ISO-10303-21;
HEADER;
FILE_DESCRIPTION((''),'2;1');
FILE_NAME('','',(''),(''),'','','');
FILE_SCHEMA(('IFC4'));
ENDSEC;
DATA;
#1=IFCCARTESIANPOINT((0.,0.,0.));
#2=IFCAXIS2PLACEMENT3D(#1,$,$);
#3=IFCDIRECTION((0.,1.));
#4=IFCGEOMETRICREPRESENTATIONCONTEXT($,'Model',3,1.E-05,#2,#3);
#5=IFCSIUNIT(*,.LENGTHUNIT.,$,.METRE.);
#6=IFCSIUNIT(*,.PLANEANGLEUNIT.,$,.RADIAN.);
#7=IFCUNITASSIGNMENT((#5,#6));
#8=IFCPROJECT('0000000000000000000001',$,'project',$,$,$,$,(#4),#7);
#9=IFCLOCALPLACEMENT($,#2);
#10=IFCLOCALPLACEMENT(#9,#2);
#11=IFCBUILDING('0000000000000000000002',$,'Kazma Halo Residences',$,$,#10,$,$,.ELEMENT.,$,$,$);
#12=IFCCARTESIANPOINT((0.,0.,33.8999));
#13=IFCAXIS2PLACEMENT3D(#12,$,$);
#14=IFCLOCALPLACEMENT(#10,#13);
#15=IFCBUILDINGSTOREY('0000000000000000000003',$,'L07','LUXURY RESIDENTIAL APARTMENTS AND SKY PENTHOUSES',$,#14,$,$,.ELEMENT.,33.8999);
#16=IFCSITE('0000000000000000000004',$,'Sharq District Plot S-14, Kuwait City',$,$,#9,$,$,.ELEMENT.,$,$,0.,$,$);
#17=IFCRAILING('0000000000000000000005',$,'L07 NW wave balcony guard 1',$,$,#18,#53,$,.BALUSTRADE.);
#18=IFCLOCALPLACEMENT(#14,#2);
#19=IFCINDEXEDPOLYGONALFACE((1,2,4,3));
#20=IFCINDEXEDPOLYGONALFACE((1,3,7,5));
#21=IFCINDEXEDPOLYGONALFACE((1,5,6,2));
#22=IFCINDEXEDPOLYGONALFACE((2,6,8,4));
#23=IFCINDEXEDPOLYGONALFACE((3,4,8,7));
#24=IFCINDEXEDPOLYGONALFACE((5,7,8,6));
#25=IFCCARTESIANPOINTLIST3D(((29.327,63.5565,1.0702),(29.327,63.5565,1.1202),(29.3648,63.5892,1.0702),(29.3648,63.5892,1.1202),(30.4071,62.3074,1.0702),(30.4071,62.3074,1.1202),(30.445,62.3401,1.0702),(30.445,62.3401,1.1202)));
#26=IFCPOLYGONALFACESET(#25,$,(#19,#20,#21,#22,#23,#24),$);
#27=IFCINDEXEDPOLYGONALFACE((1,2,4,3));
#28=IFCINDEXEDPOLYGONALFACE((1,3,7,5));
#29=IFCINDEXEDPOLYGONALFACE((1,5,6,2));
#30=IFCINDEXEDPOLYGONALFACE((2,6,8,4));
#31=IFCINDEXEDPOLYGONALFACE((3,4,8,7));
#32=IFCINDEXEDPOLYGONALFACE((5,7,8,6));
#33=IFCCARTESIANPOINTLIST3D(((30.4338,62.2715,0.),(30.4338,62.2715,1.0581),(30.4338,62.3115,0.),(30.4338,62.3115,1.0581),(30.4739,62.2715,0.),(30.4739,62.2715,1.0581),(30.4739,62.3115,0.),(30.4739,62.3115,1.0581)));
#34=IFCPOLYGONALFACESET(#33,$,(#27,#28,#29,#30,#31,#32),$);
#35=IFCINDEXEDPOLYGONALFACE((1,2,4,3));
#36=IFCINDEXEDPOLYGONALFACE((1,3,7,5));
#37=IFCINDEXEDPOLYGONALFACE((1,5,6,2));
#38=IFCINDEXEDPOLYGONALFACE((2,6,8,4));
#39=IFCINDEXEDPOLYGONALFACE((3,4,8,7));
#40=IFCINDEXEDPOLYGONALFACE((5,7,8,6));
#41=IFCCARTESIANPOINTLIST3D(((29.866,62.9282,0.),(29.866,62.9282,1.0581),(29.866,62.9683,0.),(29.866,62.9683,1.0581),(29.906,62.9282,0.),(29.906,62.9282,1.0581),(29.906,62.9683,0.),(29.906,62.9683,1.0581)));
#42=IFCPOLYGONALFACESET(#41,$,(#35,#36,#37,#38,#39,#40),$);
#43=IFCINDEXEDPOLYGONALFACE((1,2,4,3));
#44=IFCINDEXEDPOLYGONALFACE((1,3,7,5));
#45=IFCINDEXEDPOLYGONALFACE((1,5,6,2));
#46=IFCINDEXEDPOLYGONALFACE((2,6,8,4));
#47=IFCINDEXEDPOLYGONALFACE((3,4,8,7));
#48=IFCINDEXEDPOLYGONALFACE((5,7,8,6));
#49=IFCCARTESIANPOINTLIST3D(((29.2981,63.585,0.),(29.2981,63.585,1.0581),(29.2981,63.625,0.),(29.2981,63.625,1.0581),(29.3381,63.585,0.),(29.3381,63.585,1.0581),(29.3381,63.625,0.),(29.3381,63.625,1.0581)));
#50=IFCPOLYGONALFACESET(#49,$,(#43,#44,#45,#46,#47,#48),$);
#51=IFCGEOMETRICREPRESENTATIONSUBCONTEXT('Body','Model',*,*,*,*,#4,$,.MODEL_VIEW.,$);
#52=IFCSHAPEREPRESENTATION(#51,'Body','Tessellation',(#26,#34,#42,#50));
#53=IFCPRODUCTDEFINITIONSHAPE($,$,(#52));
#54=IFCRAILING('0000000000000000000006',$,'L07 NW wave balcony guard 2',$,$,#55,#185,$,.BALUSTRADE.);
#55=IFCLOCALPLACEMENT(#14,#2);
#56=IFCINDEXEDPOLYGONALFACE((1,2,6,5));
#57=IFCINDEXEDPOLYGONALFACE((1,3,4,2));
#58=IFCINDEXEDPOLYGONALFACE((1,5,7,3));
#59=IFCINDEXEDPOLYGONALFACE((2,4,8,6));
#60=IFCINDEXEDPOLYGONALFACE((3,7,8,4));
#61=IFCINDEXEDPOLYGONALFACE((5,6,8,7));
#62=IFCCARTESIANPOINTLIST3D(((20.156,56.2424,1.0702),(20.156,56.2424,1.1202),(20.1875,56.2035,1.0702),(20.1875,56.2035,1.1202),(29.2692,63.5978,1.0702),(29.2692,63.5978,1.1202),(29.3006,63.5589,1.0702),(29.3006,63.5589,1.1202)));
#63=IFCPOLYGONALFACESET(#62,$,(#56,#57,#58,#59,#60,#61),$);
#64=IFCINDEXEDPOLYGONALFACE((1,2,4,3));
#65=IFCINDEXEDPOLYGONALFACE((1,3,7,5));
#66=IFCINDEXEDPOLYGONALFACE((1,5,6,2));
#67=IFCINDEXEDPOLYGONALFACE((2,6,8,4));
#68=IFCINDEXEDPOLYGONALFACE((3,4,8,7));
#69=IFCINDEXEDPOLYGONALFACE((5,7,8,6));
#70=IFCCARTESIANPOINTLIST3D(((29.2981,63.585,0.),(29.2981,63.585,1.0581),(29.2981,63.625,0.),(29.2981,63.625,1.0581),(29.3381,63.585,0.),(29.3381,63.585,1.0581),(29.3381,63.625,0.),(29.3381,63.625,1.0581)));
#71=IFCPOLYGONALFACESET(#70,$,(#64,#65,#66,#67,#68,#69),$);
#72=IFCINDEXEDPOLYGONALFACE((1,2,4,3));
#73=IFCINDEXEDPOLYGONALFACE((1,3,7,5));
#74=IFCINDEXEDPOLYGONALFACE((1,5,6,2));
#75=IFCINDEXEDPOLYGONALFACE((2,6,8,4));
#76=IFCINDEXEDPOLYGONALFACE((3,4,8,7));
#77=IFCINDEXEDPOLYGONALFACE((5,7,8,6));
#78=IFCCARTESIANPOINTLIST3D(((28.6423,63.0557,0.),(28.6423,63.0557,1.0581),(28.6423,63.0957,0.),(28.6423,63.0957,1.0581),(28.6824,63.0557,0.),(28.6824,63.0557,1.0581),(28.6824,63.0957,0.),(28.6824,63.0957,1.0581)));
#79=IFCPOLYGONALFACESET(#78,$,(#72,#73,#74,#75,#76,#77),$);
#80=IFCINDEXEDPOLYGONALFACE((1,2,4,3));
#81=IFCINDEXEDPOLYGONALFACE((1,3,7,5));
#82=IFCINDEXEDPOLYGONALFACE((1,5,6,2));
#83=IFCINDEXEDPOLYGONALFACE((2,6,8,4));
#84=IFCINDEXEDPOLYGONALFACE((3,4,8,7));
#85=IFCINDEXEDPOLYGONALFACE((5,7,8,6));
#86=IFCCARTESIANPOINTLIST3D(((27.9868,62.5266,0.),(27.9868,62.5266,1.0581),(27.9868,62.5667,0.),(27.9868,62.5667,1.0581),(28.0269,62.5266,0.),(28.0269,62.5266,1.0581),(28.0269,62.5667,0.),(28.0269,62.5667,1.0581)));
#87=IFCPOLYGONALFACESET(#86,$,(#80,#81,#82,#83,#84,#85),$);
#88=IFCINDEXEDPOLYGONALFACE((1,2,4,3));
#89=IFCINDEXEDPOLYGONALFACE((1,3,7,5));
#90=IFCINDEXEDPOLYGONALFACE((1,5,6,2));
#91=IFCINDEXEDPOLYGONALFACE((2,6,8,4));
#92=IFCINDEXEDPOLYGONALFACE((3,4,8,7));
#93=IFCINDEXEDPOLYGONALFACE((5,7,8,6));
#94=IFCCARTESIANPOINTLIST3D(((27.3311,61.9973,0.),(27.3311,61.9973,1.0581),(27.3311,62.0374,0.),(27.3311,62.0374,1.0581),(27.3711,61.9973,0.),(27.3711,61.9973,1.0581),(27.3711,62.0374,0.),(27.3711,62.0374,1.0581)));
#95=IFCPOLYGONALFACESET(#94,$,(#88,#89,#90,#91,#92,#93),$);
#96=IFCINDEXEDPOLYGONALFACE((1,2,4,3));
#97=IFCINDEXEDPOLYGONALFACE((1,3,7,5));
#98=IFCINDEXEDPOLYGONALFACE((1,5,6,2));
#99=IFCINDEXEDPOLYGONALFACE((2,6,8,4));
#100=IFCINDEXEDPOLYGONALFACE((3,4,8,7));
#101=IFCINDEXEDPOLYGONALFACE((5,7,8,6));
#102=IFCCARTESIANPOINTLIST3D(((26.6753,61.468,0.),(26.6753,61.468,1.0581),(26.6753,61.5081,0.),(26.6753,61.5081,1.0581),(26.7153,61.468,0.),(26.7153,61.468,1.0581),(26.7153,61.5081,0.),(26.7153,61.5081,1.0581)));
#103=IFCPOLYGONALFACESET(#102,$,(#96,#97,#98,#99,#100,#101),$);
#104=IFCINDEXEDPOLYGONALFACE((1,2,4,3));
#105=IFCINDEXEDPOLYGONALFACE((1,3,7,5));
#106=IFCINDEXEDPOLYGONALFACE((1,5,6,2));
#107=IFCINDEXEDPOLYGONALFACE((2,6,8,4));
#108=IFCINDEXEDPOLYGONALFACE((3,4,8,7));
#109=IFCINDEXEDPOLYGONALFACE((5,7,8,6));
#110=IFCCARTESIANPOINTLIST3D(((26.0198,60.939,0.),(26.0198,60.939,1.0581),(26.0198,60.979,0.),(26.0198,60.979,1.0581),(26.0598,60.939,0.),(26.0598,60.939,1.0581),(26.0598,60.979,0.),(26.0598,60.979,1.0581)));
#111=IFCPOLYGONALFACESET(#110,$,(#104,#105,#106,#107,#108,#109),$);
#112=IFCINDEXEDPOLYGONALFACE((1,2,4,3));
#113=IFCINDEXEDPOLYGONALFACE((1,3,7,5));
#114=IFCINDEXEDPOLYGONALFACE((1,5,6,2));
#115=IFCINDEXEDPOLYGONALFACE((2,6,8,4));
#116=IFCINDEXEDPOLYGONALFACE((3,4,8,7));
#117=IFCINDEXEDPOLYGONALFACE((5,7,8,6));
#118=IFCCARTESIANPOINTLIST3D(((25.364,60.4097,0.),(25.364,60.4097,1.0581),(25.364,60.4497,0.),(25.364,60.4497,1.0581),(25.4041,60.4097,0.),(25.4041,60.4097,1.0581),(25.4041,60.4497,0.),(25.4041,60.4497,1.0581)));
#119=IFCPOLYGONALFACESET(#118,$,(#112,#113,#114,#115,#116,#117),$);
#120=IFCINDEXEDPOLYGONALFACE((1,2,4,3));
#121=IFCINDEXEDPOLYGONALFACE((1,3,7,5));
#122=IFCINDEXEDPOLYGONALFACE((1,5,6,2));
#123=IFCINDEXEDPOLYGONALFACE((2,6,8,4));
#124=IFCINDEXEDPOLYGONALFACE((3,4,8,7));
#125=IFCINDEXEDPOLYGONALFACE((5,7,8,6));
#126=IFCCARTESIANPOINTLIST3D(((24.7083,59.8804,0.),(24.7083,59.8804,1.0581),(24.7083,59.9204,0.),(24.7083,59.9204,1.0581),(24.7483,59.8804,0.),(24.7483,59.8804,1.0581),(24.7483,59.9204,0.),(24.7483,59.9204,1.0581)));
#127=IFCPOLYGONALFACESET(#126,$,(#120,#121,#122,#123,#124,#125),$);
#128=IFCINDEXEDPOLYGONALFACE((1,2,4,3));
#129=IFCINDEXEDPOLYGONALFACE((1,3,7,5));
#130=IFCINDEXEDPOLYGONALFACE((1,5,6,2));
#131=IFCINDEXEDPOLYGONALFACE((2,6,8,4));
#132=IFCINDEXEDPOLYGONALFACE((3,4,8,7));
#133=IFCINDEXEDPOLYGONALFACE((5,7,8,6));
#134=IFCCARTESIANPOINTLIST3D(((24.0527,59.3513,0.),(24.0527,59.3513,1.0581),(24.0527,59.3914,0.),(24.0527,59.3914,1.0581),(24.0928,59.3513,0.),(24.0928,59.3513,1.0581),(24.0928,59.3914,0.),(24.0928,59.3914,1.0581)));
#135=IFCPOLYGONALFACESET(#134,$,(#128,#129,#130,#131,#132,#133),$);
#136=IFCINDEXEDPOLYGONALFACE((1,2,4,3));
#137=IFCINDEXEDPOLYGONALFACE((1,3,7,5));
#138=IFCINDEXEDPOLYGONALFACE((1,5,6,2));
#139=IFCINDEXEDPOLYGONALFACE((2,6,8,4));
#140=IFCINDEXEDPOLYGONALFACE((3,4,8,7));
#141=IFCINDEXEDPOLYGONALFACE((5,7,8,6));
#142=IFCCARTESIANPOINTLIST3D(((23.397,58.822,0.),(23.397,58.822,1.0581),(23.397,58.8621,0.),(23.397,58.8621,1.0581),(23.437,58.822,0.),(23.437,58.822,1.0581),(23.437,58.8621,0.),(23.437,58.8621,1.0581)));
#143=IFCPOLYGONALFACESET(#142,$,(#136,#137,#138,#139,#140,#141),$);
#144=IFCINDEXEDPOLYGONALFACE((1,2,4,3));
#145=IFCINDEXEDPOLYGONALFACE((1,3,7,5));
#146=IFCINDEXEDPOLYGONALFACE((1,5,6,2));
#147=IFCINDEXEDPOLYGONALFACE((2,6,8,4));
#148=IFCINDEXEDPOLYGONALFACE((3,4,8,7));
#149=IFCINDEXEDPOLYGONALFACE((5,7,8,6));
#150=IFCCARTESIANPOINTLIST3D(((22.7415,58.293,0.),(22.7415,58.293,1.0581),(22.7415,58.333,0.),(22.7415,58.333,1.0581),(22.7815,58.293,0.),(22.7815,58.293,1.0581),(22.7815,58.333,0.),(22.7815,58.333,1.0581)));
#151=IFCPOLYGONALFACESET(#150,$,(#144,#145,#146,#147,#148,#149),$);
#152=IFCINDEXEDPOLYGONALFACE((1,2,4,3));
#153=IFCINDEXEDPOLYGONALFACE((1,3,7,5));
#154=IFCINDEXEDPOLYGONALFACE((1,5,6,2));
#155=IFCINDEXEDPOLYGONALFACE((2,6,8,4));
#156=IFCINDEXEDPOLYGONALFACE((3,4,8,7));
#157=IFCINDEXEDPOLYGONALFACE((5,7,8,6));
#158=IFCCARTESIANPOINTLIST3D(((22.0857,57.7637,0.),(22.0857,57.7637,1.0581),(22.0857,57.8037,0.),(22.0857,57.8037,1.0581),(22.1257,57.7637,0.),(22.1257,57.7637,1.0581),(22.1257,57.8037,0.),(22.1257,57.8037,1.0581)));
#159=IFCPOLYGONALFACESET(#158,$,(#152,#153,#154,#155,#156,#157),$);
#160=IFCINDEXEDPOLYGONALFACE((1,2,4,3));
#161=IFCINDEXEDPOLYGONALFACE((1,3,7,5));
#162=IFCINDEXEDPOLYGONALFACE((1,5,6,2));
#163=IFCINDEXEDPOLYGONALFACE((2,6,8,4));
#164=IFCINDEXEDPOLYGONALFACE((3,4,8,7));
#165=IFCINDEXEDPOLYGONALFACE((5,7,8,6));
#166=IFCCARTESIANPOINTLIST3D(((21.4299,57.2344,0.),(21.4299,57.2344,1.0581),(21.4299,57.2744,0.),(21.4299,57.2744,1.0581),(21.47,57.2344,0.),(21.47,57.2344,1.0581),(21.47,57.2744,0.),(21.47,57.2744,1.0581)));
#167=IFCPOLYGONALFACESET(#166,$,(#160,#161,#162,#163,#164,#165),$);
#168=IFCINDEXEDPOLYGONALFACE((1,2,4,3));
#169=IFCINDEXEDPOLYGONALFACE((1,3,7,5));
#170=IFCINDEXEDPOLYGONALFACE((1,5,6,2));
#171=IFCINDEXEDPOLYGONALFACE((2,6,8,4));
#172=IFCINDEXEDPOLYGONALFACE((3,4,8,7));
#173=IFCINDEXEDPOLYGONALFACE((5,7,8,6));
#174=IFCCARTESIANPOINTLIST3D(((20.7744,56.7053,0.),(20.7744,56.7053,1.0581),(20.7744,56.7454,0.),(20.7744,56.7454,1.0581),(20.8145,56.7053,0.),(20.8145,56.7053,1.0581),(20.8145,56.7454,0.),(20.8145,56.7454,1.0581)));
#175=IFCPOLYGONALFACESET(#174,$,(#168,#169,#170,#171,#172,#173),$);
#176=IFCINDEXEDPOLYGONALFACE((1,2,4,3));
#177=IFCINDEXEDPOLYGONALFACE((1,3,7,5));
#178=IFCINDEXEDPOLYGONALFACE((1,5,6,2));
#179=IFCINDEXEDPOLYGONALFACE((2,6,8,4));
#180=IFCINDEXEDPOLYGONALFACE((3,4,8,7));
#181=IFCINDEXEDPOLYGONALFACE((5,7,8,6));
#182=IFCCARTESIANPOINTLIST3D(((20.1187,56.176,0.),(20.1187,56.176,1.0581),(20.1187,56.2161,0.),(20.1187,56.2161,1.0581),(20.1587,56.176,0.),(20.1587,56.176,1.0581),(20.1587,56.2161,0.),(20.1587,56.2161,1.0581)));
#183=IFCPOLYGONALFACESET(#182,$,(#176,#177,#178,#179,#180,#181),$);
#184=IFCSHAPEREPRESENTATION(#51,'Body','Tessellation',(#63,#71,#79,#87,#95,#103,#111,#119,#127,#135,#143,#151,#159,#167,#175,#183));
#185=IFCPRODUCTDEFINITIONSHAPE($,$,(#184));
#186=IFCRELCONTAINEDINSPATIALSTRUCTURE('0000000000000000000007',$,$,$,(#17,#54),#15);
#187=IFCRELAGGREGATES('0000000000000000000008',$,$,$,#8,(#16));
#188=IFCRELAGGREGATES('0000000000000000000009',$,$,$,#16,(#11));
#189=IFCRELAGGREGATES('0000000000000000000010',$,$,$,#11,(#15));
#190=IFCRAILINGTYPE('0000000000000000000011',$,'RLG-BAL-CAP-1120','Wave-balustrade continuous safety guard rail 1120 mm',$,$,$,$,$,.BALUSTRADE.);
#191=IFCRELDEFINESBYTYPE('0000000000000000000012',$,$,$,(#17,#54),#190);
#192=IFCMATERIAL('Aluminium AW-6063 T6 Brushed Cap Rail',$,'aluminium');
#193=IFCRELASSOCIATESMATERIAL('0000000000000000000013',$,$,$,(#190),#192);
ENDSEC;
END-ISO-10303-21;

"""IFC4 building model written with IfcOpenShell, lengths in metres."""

from ifc_helpers import new_model, si_unit, direction, frame, origin, origin_2d, place, context, subcontext, project, spatial, rectangle, extrude, material, type_object, element, save


model = new_model("IFC4")

# Units and contexts
model_context = context("Model", 3, precision=1e-05, world=origin(), true_north=direction((0.0, 1.0)))
body_context = subcontext(model_context, "Body", "Model", "MODEL_VIEW")
ifc_project = project(units=[si_unit("LENGTHUNIT", "METRE"), si_unit("PLANEANGLEUNIT", "RADIAN")], contexts=[model_context])

# Site, building, storey
site_placement = place(None, origin())
site = spatial("IfcSite", under=ifc_project, at=site_placement, Name="Sharq District Plot S-14, Kuwait City", CompositionType="ELEMENT", RefElevation=0.0)
building_placement = place(site_placement, origin())
building = spatial("IfcBuilding", under=site, at=building_placement, Name="Kazma Halo Residences", CompositionType="ELEMENT")
storey_placement = place(building_placement, frame((0.0, 0.0, 33.8999)))
storey = spatial("IfcBuildingStorey", under=building, at=storey_placement, Name="L07", Description="LUXURY RESIDENTIAL APARTMENTS AND SKY PENTHOUSES", CompositionType="ELEMENT", Elevation=33.8999)

# Railings
ifc_material_1 = material(Name="Aluminium AW-6063 T6 Brushed Cap Rail", Category="aluminium")
railing_type = type_object("IfcRailingType", Name="RLG-BAL-CAP-1120", Description="Wave-balustrade continuous safety guard rail 1120 mm", PredefinedType="BALUSTRADE", material=ifc_material_1)
railing_1_placement = place(storey_placement, frame((30.4539, 62.2915, 0.0)))
element("IfcRailing", 1, at=railing_1_placement, inside=storey, type_object=railing_type, Name="L07 NW wave balcony guard 1", PredefinedType="BALUSTRADE", context=body_context, shape_type="SweptSolid", body=[
    extrude(rectangle(XDim=0.05, YDim=0.05, at=origin_2d()), frame((-0.0278, 0.0322, 1.0952), z_axis=(-0.654074, 0.756431, 0.0), x_axis=(-0.756431, -0.654074, 0.0)), (0.0, 0.0, 1.0), 1.6514),
    extrude(rectangle(XDim=0.04, YDim=0.04, at=origin_2d()), origin(), (0.0, 0.0, 1.0), 1.0581),
    extrude(rectangle(XDim=0.04, YDim=0.04, at=origin_2d()), frame((-0.5679, 0.6567, 0.0)), (0.0, 0.0, 1.0), 1.0581),
    extrude(rectangle(XDim=0.04, YDim=0.04, at=origin_2d()), frame((-1.1357, 1.3135, 0.0)), (0.0, 0.0, 1.0), 1.0581),
])
railing_2_placement = place(storey_placement, frame((29.3181, 63.605, 0.0)))
element("IfcRailing", 2, at=railing_2_placement, inside=storey, type_object=railing_type, Name="L07 NW wave balcony guard 2", PredefinedType="BALUSTRADE", context=body_context, shape_type="SweptSolid", body=[
    extrude(rectangle(XDim=0.05, YDim=0.05, at=origin_2d()), frame((-0.0332, -0.0266, 1.0952), z_axis=(-0.778158, -0.628069, 0.0), x_axis=(0.628069, -0.778158, 0.0)), (0.0, 0.0, 1.0), 11.7112),
    extrude(rectangle(XDim=0.04, YDim=0.04, at=origin_2d()), origin(), (0.0, 0.0, 1.0), 1.0581),
    extrude(rectangle(XDim=0.04, YDim=0.04, at=origin_2d()), frame((-0.6558, -0.5293, 0.0)), (0.0, 0.0, 1.0), 1.0581),
    extrude(rectangle(XDim=0.04, YDim=0.04, at=origin_2d()), frame((-1.3113, -1.0583, 0.0)), (0.0, 0.0, 1.0), 1.0581),
    extrude(rectangle(XDim=0.04, YDim=0.04, at=origin_2d()), frame((-1.967, -1.5876, 0.0)), (0.0, 0.0, 1.0), 1.0581),
    extrude(rectangle(XDim=0.04, YDim=0.04, at=origin_2d()), frame((-2.6228, -2.1169, 0.0)), (0.0, 0.0, 1.0), 1.0581),
    extrude(rectangle(XDim=0.04, YDim=0.04, at=origin_2d()), frame((-3.2783, -2.646, 0.0)), (0.0, 0.0, 1.0), 1.0581),
    extrude(rectangle(XDim=0.04, YDim=0.04, at=origin_2d()), frame((-3.9341, -3.1753, 0.0)), (0.0, 0.0, 1.0), 1.0581),
    extrude(rectangle(XDim=0.04, YDim=0.04, at=origin_2d()), frame((-4.5898, -3.7046, 0.0)), (0.0, 0.0, 1.0), 1.0581),
    extrude(rectangle(XDim=0.04, YDim=0.04, at=origin_2d()), frame((-5.2454, -4.2336, 0.0)), (0.0, 0.0, 1.0), 1.0581),
    extrude(rectangle(XDim=0.04, YDim=0.04, at=origin_2d()), frame((-5.9011, -4.7629, 0.0)), (0.0, 0.0, 1.0), 1.0581),
    extrude(rectangle(XDim=0.04, YDim=0.04, at=origin_2d()), frame((-6.5566, -5.292, 0.0)), (0.0, 0.0, 1.0), 1.0581),
    extrude(rectangle(XDim=0.04, YDim=0.04, at=origin_2d()), frame((-7.2124, -5.8213, 0.0)), (0.0, 0.0, 1.0), 1.0581),
    extrude(rectangle(XDim=0.04, YDim=0.04, at=origin_2d()), frame((-7.8682, -6.3506, 0.0)), (0.0, 0.0, 1.0), 1.0581),
    extrude(rectangle(XDim=0.04, YDim=0.04, at=origin_2d()), frame((-8.5237, -6.8796, 0.0)), (0.0, 0.0, 1.0), 1.0581),
    extrude(rectangle(XDim=0.04, YDim=0.04, at=origin_2d()), frame((-9.1794, -7.4089, 0.0)), (0.0, 0.0, 1.0), 1.0581),
])

save(model, "model.ifc")
